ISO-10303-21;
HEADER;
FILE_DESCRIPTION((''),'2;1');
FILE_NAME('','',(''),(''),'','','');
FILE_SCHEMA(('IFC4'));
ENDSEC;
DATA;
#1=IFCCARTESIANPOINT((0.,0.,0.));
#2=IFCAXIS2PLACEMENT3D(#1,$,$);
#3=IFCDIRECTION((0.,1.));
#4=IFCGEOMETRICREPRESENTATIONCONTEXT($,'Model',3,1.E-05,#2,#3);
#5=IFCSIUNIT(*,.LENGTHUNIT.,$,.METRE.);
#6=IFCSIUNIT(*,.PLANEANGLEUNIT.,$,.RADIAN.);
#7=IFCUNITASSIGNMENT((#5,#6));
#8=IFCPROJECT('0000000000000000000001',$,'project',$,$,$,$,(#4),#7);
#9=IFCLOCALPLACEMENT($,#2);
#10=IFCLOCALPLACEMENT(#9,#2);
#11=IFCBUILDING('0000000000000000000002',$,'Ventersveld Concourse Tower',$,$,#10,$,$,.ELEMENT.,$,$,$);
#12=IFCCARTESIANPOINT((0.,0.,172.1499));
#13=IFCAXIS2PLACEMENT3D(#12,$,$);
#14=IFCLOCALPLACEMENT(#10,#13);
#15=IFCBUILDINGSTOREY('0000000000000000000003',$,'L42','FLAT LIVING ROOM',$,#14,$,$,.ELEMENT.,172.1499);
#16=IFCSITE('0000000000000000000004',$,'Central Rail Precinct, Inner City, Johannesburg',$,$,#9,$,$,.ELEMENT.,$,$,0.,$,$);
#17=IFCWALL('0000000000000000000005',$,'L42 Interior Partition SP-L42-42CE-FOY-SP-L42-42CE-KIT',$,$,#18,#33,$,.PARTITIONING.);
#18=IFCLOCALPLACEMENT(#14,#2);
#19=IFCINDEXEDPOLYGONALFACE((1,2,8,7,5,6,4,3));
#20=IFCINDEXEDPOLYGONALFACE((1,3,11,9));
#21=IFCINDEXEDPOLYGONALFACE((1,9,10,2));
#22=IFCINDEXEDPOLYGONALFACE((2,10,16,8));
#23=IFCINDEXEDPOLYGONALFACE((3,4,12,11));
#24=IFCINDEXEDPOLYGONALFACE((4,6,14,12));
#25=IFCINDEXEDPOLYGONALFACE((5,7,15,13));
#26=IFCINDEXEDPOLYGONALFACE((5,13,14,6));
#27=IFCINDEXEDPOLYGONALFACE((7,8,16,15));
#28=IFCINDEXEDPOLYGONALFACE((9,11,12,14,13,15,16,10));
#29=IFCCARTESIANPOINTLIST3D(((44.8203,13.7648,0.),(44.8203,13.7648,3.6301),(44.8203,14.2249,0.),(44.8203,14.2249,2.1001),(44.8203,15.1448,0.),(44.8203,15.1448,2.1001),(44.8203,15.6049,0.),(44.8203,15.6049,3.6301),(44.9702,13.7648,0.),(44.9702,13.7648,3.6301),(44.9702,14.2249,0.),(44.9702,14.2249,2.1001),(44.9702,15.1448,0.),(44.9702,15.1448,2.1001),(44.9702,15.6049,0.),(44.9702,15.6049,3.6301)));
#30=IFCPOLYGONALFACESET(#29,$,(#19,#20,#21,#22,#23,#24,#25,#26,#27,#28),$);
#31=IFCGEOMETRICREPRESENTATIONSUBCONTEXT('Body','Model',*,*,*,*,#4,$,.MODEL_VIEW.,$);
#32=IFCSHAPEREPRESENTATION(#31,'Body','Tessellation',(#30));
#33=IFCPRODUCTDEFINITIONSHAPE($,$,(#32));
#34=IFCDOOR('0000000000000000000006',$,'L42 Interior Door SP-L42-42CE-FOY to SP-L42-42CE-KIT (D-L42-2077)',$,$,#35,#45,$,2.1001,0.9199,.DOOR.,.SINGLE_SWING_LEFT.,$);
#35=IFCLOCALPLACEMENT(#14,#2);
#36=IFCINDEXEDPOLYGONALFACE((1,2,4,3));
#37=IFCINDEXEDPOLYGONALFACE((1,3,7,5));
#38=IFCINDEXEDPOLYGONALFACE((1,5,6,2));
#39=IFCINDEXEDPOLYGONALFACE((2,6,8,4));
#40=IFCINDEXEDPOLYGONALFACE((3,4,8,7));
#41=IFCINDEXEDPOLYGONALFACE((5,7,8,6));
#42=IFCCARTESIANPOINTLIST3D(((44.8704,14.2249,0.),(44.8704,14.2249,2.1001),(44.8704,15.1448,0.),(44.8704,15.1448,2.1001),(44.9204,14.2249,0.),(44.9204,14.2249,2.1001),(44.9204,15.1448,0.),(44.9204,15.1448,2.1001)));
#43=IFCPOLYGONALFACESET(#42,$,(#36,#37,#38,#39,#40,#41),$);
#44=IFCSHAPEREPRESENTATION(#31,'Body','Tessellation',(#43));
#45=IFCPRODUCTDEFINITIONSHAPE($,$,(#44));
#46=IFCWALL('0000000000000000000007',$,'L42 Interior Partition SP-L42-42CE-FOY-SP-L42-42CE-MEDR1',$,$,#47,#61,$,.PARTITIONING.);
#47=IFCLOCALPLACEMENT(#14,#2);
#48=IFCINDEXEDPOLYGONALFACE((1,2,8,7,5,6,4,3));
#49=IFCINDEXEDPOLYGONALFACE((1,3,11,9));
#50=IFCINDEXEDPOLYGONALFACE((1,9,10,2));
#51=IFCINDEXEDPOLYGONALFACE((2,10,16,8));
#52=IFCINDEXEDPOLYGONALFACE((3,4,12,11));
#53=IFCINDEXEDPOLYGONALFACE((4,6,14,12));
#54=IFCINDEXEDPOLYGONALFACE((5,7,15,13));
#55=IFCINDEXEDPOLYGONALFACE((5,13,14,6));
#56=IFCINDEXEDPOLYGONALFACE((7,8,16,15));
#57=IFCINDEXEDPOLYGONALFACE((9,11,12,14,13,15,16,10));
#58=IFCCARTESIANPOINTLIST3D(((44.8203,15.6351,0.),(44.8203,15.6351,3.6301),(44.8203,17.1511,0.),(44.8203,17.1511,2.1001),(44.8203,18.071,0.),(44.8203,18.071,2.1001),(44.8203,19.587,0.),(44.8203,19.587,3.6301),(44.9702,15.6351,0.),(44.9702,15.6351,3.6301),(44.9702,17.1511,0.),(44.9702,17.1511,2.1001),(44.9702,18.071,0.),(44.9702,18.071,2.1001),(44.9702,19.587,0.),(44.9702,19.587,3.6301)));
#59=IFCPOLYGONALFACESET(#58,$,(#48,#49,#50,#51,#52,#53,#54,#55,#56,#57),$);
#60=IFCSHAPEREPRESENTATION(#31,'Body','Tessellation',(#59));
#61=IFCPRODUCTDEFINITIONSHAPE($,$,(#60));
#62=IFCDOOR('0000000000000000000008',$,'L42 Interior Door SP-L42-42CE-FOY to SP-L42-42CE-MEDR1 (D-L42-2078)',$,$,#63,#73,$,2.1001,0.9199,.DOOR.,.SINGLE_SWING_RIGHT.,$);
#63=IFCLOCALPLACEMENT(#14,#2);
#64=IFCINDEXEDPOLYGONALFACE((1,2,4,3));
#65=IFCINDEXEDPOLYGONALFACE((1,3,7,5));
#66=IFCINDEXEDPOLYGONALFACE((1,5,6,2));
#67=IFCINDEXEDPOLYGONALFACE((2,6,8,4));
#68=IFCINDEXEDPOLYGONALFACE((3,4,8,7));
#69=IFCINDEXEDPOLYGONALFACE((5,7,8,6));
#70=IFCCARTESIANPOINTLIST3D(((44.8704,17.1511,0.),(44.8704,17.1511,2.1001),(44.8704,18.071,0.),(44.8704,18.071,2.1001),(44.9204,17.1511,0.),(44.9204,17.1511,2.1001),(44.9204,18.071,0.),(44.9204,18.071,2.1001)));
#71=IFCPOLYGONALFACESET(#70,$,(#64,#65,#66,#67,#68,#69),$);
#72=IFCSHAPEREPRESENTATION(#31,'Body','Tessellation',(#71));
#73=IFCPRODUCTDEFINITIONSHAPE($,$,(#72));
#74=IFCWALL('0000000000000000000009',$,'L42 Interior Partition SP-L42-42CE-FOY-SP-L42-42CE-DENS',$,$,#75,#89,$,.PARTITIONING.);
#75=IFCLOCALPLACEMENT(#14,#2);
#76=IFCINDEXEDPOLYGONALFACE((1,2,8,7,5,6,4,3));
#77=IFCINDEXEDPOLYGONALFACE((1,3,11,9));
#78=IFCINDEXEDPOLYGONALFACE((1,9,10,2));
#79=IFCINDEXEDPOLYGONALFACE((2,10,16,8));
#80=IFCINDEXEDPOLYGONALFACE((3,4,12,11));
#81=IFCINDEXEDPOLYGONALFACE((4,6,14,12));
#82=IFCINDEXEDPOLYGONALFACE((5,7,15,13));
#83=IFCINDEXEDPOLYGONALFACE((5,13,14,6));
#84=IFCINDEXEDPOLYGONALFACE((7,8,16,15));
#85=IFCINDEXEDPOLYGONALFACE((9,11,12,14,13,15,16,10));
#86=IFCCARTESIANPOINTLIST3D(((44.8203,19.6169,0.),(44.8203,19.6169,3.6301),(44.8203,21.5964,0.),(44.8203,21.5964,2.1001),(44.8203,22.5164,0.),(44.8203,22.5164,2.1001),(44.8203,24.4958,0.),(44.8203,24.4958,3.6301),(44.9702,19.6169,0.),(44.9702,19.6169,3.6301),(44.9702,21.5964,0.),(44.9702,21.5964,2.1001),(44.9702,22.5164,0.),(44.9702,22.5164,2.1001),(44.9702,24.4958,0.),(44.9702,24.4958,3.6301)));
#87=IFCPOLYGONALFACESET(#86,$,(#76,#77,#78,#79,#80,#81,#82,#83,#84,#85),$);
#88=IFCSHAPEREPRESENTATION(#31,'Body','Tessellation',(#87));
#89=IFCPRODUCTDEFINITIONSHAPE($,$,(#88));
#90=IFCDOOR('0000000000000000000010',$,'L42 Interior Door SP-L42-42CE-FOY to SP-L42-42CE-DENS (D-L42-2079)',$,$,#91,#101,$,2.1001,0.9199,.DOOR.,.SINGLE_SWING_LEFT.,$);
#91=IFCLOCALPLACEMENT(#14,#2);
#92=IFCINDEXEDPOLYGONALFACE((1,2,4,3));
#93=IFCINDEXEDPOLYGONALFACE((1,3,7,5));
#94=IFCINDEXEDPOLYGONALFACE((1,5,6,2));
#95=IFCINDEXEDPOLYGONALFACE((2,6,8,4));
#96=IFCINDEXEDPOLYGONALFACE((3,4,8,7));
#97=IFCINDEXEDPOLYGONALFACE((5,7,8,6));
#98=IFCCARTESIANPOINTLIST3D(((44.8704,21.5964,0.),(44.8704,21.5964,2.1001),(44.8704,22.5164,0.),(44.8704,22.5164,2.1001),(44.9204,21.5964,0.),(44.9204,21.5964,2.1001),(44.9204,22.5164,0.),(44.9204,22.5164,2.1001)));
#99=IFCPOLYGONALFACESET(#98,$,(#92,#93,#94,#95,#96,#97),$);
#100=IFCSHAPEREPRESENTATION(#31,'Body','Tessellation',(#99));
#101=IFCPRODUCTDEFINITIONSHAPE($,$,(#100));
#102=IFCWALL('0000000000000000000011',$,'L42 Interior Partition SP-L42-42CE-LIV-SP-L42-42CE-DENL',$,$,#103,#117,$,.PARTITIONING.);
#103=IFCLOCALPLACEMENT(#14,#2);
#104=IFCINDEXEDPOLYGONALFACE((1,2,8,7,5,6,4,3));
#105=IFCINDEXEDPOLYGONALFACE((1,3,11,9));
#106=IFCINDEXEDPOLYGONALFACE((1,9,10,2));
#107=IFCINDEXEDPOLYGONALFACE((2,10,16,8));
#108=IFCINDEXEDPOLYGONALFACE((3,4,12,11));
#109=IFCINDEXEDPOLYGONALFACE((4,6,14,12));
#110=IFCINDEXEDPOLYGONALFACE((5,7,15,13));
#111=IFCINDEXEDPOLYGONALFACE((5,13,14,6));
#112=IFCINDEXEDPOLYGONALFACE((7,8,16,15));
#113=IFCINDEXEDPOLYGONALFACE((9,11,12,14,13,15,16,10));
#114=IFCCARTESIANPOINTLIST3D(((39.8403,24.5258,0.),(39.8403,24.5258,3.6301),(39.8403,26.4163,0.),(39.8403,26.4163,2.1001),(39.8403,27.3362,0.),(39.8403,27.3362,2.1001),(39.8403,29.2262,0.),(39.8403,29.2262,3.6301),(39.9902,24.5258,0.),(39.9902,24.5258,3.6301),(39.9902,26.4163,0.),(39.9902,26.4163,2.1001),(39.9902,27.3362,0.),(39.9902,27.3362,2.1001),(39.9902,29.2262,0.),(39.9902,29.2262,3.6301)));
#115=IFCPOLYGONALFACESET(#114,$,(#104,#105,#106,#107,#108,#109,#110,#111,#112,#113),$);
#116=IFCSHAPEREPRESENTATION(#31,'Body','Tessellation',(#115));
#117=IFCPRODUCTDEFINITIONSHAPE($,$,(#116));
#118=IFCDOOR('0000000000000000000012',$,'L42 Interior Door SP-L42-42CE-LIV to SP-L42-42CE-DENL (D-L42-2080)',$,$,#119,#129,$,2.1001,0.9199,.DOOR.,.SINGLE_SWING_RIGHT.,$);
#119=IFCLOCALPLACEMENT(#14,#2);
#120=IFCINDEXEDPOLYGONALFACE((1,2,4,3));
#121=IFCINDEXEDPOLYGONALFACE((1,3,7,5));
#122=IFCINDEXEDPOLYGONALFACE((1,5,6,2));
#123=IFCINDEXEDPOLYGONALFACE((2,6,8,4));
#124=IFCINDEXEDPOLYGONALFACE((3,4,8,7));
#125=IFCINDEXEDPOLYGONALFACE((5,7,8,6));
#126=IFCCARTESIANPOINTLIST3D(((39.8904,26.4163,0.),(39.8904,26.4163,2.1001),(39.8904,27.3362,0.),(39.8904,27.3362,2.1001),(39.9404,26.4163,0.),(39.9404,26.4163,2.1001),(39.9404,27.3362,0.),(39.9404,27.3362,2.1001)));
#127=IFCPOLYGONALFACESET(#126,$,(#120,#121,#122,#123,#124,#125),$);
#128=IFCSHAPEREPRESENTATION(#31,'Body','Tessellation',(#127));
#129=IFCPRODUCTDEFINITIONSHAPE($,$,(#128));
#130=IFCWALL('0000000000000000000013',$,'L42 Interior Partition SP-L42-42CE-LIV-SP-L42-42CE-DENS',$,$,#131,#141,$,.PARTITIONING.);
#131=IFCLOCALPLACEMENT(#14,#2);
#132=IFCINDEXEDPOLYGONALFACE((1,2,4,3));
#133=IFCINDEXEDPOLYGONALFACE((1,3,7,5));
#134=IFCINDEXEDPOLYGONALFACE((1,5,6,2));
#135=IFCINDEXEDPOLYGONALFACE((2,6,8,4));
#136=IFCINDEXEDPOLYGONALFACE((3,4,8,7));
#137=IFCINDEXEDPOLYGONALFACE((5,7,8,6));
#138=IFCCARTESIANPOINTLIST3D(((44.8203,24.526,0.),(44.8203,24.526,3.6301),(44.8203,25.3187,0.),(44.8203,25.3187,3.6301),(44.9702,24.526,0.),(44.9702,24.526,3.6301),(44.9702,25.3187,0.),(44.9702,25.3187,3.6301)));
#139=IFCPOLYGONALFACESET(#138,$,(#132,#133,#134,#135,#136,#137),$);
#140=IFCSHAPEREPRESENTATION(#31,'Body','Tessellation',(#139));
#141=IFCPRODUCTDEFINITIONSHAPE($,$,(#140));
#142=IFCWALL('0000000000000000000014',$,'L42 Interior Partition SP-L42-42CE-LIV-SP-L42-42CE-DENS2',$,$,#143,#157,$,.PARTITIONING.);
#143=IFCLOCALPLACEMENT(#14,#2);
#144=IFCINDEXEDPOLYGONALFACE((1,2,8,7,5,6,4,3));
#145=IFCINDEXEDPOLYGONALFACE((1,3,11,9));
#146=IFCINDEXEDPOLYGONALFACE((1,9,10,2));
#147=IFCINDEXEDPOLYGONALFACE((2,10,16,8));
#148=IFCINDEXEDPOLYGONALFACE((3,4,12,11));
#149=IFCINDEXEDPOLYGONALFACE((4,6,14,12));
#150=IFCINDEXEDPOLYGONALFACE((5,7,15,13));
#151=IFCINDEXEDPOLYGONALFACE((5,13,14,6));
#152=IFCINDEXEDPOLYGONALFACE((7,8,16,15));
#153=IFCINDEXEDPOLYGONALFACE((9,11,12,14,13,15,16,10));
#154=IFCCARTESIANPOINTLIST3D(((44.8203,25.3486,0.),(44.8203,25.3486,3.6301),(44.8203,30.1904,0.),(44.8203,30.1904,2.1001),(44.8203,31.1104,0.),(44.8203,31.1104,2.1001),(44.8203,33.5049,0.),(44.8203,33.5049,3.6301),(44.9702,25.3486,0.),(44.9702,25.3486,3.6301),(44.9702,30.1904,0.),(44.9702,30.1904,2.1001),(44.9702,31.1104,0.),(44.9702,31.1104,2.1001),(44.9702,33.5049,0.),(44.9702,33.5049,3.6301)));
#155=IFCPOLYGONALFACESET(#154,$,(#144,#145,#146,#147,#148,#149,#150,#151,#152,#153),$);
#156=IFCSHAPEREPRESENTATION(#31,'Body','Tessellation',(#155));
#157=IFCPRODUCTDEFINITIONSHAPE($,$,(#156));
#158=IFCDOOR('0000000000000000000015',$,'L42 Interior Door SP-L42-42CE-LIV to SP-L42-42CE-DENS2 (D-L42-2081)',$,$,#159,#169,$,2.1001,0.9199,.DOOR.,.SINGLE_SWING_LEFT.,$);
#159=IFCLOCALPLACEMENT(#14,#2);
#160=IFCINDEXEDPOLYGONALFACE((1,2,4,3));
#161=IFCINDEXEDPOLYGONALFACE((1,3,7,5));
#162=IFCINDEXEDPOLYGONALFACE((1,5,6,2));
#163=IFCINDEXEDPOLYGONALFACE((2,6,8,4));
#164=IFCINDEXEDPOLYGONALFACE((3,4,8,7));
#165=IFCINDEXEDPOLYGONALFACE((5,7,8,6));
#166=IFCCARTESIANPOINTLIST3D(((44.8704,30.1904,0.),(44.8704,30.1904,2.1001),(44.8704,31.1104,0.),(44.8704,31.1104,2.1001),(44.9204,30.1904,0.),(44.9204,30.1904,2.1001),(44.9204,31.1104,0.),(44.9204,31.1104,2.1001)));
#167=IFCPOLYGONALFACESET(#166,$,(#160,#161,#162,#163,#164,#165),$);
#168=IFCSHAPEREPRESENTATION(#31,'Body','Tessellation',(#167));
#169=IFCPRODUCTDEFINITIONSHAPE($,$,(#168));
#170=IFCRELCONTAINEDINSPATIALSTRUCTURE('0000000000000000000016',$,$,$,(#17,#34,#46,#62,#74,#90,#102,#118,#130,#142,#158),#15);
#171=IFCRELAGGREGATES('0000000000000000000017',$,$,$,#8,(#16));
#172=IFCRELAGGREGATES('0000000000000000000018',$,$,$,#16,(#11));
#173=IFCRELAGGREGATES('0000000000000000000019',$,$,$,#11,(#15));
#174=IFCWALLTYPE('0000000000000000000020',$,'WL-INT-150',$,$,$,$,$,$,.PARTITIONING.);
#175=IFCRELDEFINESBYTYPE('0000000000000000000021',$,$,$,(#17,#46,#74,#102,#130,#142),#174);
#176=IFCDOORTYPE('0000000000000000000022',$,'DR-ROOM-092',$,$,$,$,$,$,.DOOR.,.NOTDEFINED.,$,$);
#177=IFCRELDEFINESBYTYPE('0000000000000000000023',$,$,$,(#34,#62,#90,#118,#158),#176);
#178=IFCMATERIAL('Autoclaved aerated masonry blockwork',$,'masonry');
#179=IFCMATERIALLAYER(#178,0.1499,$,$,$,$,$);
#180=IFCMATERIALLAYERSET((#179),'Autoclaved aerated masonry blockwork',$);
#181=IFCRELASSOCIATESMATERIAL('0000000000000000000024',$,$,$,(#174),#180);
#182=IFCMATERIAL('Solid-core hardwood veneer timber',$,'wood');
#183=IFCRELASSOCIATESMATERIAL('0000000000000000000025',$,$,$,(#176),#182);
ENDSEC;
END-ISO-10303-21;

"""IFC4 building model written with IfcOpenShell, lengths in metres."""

from ifc_helpers import new_model, si_unit, direction, frame, frame_2d, origin, place, context, subcontext, project, spatial, rectangle, extrude, material, layer, layer_set, type_object, element, fill, save


model = new_model("IFC4")

# Units and contexts
model_context = context("Model", 3, precision=1e-05, world=origin(), true_north=direction((0.0, 1.0)))
body_context = subcontext(model_context, "Body", "Model", "MODEL_VIEW")
ifc_project = project(units=[si_unit("LENGTHUNIT", "METRE"), si_unit("PLANEANGLEUNIT", "RADIAN")], contexts=[model_context])

# Site, building, storey
site_placement = place(None, origin())
site = spatial("IfcSite", under=ifc_project, at=site_placement, Name="Central Rail Precinct, Inner City, Johannesburg", CompositionType="ELEMENT", RefElevation=0.0)
building_placement = place(site_placement, origin())
building = spatial("IfcBuilding", under=site, at=building_placement, Name="Ventersveld Concourse Tower", CompositionType="ELEMENT")
storey_placement = place(building_placement, frame((0.0, 0.0, 172.1499)))
storey = spatial("IfcBuildingStorey", under=building, at=storey_placement, Name="L42", Description="FLAT LIVING ROOM", CompositionType="ELEMENT", Elevation=172.1499)

# Shared definitions
ifc_material_1 = material(Name="Solid-core hardwood veneer timber", Category="wood")

# Walls, openings, doors
ifc_material_2 = material(Name="Autoclaved aerated masonry blockwork", Category="masonry")
ifc_layer_1 = layer(ifc_material_2, 0.1499)
ifc_layer_set_1 = layer_set([ifc_layer_1], Name="Autoclaved aerated masonry blockwork")
wall_type_1 = type_object("IfcWallType", Name="WL-INT-150", PredefinedType="PARTITIONING", material=ifc_layer_set_1)
door_type_1 = type_object("IfcDoorType", Name="DR-ROOM-092", OperationType="NOTDEFINED", PredefinedType="DOOR", material=ifc_material_1)
wall_1_placement = place(storey_placement, frame((44.8953, 13.7649, 0.0), z_axis=(0.0, 0.0, 1.0), x_axis=(0.0, 1.0, 0.0)))
wall_1 = element("IfcWall", 1, at=wall_1_placement, inside=storey, type_object=wall_type_1, Name="L42 Interior Partition SP-L42-42CE-FOY-SP-L42-42CE-KIT", PredefinedType="PARTITIONING", context=body_context, shape_type="SweptSolid", body=[
    extrude(rectangle(XDim=1.8401, YDim=0.1499, at=frame_2d((0.9199, 0.0))), origin(), (0.0, 0.0, 1.0), 3.6301),
])
opening_1_placement = place(wall_1_placement, frame((0.46, 0.0, 0.0)))
opening_1 = element("IfcOpeningElement", 2, at=opening_1_placement, cuts=wall_1, PredefinedType="OPENING", context=body_context, shape_type="SweptSolid", body=[
    extrude(rectangle(XDim=0.9199, YDim=2.1001, at=frame_2d((0.46, 1.05))), frame((0.0, 0.085, 0.0), z_axis=(0.0, -1.0, 0.0), x_axis=(1.0, 0.0, 0.0)), (0.0, 0.0, 1.0), 0.1699),
])
door_1_placement = place(opening_1_placement, origin())
door_1 = element("IfcDoor", 3, at=door_1_placement, inside=storey, type_object=door_type_1, Name="L42 Interior Door SP-L42-42CE-FOY to SP-L42-42CE-KIT (D-L42-2077)", OperationType="SINGLE_SWING_LEFT", OverallHeight=2.1001, OverallWidth=0.9199, PredefinedType="DOOR", context=body_context, shape_type="SweptSolid", body=[
    extrude(rectangle(XDim=0.9199, YDim=2.1001, at=frame_2d((0.46, 1.05))), frame((0.0, 0.0249, 0.0), z_axis=(0.0, -1.0, 0.0), x_axis=(1.0, 0.0, 0.0)), (0.0, 0.0, 1.0), 0.05),
])
fill(opening_1, door_1)
wall_2_placement = place(storey_placement, frame((44.8953, 15.635, 0.0), z_axis=(0.0, 0.0, 1.0), x_axis=(0.0, 1.0, 0.0)))
wall_2 = element("IfcWall", 4, at=wall_2_placement, inside=storey, type_object=wall_type_1, Name="L42 Interior Partition SP-L42-42CE-FOY-SP-L42-42CE-MEDR1", PredefinedType="PARTITIONING", context=body_context, shape_type="SweptSolid", body=[
    extrude(rectangle(XDim=3.9519, YDim=0.1499, at=frame_2d((1.9761, 0.0))), origin(), (0.0, 0.0, 1.0), 3.6301),
])
opening_2_placement = place(wall_2_placement, frame((1.5161, 0.0, 0.0)))
opening_2 = element("IfcOpeningElement", 5, at=opening_2_placement, cuts=wall_2, PredefinedType="OPENING", context=body_context, shape_type="SweptSolid", body=[
    extrude(rectangle(XDim=0.9199, YDim=2.1001, at=frame_2d((0.46, 1.05))), frame((0.0, 0.085, 0.0), z_axis=(0.0, -1.0, 0.0), x_axis=(1.0, 0.0, 0.0)), (0.0, 0.0, 1.0), 0.1699),
])
door_2_placement = place(opening_2_placement, origin())
door_2 = element("IfcDoor", 6, at=door_2_placement, inside=storey, type_object=door_type_1, Name="L42 Interior Door SP-L42-42CE-FOY to SP-L42-42CE-MEDR1 (D-L42-2078)", OperationType="SINGLE_SWING_RIGHT", OverallHeight=2.1001, OverallWidth=0.9199, PredefinedType="DOOR", context=body_context, shape_type="SweptSolid", body=[
    extrude(rectangle(XDim=0.9199, YDim=2.1001, at=frame_2d((0.46, 1.05))), frame((0.0, 0.0249, 0.0), z_axis=(0.0, -1.0, 0.0), x_axis=(1.0, 0.0, 0.0)), (0.0, 0.0, 1.0), 0.05),
])
fill(opening_2, door_2)
wall_3_placement = place(storey_placement, frame((44.8953, 19.6169, 0.0), z_axis=(0.0, 0.0, 1.0), x_axis=(0.0, 1.0, 0.0)))
wall_3 = element("IfcWall", 7, at=wall_3_placement, inside=storey, type_object=wall_type_1, Name="L42 Interior Partition SP-L42-42CE-FOY-SP-L42-42CE-DENS", PredefinedType="PARTITIONING", context=body_context, shape_type="SweptSolid", body=[
    extrude(rectangle(XDim=4.8789, YDim=0.1499, at=frame_2d((2.4395, 0.0))), origin(), (0.0, 0.0, 1.0), 3.6301),
])
opening_3_placement = place(wall_3_placement, frame((1.9795, 0.0, 0.0)))
opening_3 = element("IfcOpeningElement", 8, at=opening_3_placement, cuts=wall_3, PredefinedType="OPENING", context=body_context, shape_type="SweptSolid", body=[
    extrude(rectangle(XDim=0.9199, YDim=2.1001, at=frame_2d((0.46, 1.05))), frame((0.0, 0.085, 0.0), z_axis=(0.0, -1.0, 0.0), x_axis=(1.0, 0.0, 0.0)), (0.0, 0.0, 1.0), 0.1699),
])
door_3_placement = place(opening_3_placement, origin())
door_3 = element("IfcDoor", 9, at=door_3_placement, inside=storey, type_object=door_type_1, Name="L42 Interior Door SP-L42-42CE-FOY to SP-L42-42CE-DENS (D-L42-2079)", OperationType="SINGLE_SWING_LEFT", OverallHeight=2.1001, OverallWidth=0.9199, PredefinedType="DOOR", context=body_context, shape_type="SweptSolid", body=[
    extrude(rectangle(XDim=0.9199, YDim=2.1001, at=frame_2d((0.46, 1.05))), frame((0.0, 0.0249, 0.0), z_axis=(0.0, -1.0, 0.0), x_axis=(1.0, 0.0, 0.0)), (0.0, 0.0, 1.0), 0.05),
])
fill(opening_3, door_3)
wall_4_placement = place(storey_placement, frame((39.9153, 24.5259, 0.0), z_axis=(0.0, 0.0, 1.0), x_axis=(0.0, 1.0, 0.0)))
wall_4 = element("IfcWall", 10, at=wall_4_placement, inside=storey, type_object=wall_type_1, Name="L42 Interior Partition SP-L42-42CE-LIV-SP-L42-42CE-DENL", PredefinedType="PARTITIONING", context=body_context, shape_type="SweptSolid", body=[
    extrude(rectangle(XDim=4.7004, YDim=0.1499, at=frame_2d((2.3501, 0.0))), origin(), (0.0, 0.0, 1.0), 3.6301),
])
opening_4_placement = place(wall_4_placement, frame((1.8904, 0.0, 0.0)))
opening_4 = element("IfcOpeningElement", 11, at=opening_4_placement, cuts=wall_4, PredefinedType="OPENING", context=body_context, shape_type="SweptSolid", body=[
    extrude(rectangle(XDim=0.9199, YDim=2.1001, at=frame_2d((0.46, 1.05))), frame((0.0, 0.085, 0.0), z_axis=(0.0, -1.0, 0.0), x_axis=(1.0, 0.0, 0.0)), (0.0, 0.0, 1.0), 0.1699),
])
door_4_placement = place(opening_4_placement, origin())
door_4 = element("IfcDoor", 12, at=door_4_placement, inside=storey, type_object=door_type_1, Name="L42 Interior Door SP-L42-42CE-LIV to SP-L42-42CE-DENL (D-L42-2080)", OperationType="SINGLE_SWING_RIGHT", OverallHeight=2.1001, OverallWidth=0.9199, PredefinedType="DOOR", context=body_context, shape_type="SweptSolid", body=[
    extrude(rectangle(XDim=0.9199, YDim=2.1001, at=frame_2d((0.46, 1.05))), frame((0.0, 0.0249, 0.0), z_axis=(0.0, -1.0, 0.0), x_axis=(1.0, 0.0, 0.0)), (0.0, 0.0, 1.0), 0.05),
])
fill(opening_4, door_4)

# Wall
wall_5_placement = place(storey_placement, frame((44.8953, 24.5259, 0.0), z_axis=(0.0, 0.0, 1.0), x_axis=(0.0, 1.0, 0.0)))
element("IfcWall", 13, at=wall_5_placement, inside=storey, type_object=wall_type_1, Name="L42 Interior Partition SP-L42-42CE-LIV-SP-L42-42CE-DENS", PredefinedType="PARTITIONING", context=body_context, shape_type="SweptSolid", body=[
    extrude(rectangle(XDim=0.7927, YDim=0.1499, at=frame_2d((0.3965, 0.0))), origin(), (0.0, 0.0, 1.0), 3.6301),
])

# Wall, opening, door
wall_6_placement = place(storey_placement, frame((44.8953, 25.3486, 0.0), z_axis=(0.0, 0.0, 1.0), x_axis=(0.0, 1.0, 0.0)))
wall_6 = element("IfcWall", 14, at=wall_6_placement, inside=storey, type_object=wall_type_1, Name="L42 Interior Partition SP-L42-42CE-LIV-SP-L42-42CE-DENS2", PredefinedType="PARTITIONING", context=body_context, shape_type="SweptSolid", body=[
    extrude(rectangle(XDim=8.1562, YDim=0.1499, at=frame_2d((4.0781, 0.0))), origin(), (0.0, 0.0, 1.0), 3.6301),
])
opening_5_placement = place(wall_6_placement, frame((4.8418, 0.0, 0.0)))
opening_5 = element("IfcOpeningElement", 15, at=opening_5_placement, cuts=wall_6, PredefinedType="OPENING", context=body_context, shape_type="SweptSolid", body=[
    extrude(rectangle(XDim=0.9199, YDim=2.1001, at=frame_2d((0.46, 1.05))), frame((0.0, 0.085, 0.0), z_axis=(0.0, -1.0, 0.0), x_axis=(1.0, 0.0, 0.0)), (0.0, 0.0, 1.0), 0.1699),
])
door_5_placement = place(opening_5_placement, origin())
door_5 = element("IfcDoor", 16, at=door_5_placement, inside=storey, type_object=door_type_1, Name="L42 Interior Door SP-L42-42CE-LIV to SP-L42-42CE-DENS2 (D-L42-2081)", OperationType="SINGLE_SWING_LEFT", OverallHeight=2.1001, OverallWidth=0.9199, PredefinedType="DOOR", context=body_context, shape_type="SweptSolid", body=[
    extrude(rectangle(XDim=0.9199, YDim=2.1001, at=frame_2d((0.46, 1.05))), frame((0.0, 0.0249, 0.0), z_axis=(0.0, -1.0, 0.0), x_axis=(1.0, 0.0, 0.0)), (0.0, 0.0, 1.0), 0.05),
])
fill(opening_5, door_5)

save(model, "model.ifc")
